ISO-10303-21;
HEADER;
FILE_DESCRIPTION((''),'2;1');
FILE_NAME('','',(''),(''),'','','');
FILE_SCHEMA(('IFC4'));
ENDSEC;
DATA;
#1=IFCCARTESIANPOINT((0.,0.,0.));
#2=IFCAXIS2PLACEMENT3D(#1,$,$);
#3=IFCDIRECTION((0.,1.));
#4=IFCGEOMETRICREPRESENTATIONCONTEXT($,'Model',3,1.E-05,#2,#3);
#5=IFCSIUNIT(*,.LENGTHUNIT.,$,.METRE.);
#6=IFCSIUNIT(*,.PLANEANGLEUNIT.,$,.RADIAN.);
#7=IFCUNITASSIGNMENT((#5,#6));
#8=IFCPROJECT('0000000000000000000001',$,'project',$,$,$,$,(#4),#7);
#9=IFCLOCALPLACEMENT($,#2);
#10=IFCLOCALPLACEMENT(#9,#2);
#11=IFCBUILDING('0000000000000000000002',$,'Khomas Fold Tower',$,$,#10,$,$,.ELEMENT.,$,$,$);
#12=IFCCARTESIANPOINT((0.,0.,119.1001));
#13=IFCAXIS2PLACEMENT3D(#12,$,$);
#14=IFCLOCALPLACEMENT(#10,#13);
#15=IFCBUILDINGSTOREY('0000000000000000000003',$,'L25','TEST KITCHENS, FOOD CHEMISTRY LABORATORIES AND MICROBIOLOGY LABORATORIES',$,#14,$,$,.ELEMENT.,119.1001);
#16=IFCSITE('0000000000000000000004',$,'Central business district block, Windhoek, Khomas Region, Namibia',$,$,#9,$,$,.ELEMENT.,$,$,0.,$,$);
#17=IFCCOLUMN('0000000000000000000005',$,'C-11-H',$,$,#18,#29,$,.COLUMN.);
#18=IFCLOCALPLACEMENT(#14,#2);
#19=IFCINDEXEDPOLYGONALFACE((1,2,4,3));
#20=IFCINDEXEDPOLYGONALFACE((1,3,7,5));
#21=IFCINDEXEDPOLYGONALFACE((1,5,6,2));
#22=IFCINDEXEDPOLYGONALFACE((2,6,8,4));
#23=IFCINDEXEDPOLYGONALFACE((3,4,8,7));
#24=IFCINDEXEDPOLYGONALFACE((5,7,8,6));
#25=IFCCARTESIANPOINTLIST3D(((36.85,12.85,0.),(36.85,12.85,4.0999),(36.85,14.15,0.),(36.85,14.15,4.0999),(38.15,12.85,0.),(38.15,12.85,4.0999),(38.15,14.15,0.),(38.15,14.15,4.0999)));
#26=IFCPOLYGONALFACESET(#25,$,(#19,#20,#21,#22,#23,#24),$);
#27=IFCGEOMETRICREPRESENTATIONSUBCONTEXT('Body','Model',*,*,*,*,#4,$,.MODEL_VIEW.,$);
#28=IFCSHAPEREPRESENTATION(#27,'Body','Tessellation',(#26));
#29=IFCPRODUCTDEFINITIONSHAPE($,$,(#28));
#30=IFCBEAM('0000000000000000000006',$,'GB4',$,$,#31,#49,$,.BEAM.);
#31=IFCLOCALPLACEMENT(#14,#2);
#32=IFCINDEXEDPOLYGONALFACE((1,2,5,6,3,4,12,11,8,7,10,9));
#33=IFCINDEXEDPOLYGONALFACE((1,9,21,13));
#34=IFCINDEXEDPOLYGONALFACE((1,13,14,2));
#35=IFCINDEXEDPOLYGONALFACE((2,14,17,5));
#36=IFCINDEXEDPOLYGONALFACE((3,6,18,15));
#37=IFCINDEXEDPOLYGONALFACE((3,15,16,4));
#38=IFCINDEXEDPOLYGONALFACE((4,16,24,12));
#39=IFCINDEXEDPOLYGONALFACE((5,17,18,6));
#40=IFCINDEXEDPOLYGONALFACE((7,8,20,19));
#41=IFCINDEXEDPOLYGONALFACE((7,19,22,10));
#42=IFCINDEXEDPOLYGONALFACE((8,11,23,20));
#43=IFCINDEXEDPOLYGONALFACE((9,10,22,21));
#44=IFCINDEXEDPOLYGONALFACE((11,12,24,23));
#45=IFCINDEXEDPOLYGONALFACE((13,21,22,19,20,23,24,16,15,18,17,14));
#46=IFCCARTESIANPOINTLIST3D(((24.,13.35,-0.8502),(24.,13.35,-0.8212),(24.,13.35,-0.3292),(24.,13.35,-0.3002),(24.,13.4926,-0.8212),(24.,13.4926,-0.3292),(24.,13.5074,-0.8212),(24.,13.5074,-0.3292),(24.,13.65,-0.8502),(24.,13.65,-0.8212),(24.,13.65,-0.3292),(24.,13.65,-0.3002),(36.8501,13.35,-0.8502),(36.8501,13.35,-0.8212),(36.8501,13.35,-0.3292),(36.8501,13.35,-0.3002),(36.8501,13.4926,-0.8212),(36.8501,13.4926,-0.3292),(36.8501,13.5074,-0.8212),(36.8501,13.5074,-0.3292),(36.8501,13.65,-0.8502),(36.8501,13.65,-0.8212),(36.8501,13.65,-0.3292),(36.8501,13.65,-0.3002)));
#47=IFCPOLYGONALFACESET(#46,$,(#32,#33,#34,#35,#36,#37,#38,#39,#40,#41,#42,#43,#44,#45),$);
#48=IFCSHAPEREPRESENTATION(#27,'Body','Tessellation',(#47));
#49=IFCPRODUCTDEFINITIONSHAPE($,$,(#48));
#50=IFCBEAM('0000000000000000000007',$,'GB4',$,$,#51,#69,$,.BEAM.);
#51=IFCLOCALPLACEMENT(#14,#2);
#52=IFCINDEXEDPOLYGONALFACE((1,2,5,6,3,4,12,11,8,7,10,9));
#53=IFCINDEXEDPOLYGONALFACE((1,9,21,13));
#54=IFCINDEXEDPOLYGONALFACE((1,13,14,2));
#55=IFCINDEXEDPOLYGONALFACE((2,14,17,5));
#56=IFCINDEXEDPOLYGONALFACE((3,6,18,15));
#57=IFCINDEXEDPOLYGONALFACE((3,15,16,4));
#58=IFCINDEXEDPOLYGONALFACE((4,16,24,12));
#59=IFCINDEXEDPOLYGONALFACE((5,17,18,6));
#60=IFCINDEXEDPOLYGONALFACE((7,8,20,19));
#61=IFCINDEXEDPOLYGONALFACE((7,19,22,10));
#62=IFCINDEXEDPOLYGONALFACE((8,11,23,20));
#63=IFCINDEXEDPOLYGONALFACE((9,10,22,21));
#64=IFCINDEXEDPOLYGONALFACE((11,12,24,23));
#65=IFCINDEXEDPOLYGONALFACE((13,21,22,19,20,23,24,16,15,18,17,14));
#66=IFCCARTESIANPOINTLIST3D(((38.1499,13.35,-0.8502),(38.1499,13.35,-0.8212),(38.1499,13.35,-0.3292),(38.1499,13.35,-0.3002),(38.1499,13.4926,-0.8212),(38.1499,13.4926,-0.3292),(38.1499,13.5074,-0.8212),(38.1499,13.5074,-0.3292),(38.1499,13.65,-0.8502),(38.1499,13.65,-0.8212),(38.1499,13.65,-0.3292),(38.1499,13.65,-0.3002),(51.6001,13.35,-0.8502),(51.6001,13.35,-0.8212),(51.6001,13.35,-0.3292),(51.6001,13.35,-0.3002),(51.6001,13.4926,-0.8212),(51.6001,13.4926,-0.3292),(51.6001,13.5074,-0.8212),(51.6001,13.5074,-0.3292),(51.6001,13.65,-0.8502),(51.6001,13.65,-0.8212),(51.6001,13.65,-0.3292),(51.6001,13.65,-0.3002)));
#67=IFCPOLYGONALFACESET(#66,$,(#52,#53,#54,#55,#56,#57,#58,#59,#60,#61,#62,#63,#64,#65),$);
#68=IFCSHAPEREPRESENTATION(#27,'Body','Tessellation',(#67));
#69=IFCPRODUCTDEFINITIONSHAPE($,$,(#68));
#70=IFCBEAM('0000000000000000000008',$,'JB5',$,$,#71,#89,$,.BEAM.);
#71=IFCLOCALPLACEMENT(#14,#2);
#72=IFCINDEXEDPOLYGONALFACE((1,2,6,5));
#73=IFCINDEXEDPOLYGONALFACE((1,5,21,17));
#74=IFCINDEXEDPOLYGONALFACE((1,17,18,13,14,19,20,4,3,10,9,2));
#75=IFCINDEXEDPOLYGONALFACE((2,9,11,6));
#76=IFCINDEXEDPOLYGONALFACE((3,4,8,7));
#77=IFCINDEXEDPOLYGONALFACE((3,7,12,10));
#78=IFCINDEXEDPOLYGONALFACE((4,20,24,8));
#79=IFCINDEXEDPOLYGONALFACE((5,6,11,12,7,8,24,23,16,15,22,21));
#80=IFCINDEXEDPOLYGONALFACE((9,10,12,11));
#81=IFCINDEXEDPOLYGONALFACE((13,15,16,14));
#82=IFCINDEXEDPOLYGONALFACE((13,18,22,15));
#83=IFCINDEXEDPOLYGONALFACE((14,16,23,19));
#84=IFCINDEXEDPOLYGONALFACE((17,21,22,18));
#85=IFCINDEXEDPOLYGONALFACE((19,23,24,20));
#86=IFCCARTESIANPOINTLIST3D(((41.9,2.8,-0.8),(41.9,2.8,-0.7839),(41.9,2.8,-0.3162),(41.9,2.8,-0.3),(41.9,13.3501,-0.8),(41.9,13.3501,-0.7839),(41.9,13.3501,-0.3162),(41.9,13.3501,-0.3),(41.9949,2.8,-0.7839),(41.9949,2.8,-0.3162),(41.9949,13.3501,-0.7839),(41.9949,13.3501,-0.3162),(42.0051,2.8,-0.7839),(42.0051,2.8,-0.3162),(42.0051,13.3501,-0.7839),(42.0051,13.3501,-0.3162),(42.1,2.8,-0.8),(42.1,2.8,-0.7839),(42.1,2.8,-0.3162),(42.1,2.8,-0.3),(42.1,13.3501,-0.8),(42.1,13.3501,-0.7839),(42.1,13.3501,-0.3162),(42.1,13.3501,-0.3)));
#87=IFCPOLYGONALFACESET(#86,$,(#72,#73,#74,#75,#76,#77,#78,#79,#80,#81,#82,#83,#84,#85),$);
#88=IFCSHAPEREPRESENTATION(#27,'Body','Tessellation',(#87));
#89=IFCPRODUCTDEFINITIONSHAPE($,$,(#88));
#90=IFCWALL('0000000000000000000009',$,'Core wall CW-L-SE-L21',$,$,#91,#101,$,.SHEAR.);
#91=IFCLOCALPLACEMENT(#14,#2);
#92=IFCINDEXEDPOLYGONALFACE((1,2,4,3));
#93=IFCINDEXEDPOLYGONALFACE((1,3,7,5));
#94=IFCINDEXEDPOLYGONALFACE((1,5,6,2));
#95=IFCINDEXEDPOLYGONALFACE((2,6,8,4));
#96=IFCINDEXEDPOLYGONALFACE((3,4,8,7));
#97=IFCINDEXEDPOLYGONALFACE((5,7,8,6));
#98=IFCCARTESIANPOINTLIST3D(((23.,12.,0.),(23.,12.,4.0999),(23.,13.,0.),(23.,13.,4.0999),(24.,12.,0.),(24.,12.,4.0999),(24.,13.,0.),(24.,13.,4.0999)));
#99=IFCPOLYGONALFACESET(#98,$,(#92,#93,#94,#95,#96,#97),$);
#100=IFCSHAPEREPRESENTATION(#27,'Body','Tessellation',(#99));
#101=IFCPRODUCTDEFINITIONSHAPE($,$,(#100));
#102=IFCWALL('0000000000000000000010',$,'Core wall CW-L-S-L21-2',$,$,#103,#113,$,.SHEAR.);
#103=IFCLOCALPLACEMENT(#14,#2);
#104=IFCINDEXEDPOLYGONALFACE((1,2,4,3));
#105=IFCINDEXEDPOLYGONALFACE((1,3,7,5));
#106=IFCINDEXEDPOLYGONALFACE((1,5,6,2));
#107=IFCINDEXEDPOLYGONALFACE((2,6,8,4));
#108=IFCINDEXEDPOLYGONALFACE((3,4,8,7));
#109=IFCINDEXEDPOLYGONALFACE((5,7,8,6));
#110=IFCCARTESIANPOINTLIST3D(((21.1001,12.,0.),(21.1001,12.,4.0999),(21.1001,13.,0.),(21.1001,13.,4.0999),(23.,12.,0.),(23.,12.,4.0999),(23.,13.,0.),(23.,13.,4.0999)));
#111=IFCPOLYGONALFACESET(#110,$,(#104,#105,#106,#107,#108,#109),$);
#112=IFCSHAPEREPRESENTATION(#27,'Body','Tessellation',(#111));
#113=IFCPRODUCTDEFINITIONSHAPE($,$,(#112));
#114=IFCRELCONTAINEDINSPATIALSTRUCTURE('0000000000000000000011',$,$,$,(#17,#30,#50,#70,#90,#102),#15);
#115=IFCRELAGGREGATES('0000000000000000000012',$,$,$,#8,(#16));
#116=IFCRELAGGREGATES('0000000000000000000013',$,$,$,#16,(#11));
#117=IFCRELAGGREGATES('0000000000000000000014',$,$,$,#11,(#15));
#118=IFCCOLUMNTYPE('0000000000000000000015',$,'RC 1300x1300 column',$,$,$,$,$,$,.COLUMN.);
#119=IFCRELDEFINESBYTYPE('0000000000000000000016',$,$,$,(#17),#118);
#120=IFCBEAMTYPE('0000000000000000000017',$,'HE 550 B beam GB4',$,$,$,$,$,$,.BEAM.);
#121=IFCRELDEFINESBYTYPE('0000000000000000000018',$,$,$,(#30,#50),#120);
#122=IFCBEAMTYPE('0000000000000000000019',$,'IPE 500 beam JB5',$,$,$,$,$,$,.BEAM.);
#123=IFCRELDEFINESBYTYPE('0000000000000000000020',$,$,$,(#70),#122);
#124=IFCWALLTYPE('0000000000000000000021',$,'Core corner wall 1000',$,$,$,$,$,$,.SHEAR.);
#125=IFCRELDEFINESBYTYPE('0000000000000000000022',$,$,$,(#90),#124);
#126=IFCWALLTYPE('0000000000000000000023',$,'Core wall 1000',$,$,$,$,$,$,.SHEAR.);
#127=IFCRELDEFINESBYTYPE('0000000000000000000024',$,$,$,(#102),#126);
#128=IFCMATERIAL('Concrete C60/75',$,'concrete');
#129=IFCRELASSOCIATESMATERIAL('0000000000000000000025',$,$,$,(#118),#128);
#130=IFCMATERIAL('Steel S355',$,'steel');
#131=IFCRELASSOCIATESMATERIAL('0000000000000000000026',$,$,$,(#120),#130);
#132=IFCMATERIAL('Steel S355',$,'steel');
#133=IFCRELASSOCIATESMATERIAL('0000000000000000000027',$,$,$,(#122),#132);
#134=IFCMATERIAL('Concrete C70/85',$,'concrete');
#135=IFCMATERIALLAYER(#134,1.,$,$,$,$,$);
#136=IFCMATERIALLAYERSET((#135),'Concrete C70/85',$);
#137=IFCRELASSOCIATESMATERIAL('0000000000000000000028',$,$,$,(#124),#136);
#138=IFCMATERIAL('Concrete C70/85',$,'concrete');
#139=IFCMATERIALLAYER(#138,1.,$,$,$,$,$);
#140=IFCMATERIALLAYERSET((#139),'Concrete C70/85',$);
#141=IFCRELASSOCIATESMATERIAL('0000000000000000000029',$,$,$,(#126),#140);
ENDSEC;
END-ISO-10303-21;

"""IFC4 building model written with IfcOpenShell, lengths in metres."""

from ifc_helpers import new_model, si_unit, direction, frame, frame_2d, origin, origin_2d, place, context, subcontext, project, spatial, rectangle, i_section, extrude, source, transform, mapped, material, layer, layer_set, material_profile, profile_set, type_object, element, save


model = new_model("IFC4")

# Units and contexts
model_context = context("Model", 3, precision=1e-05, world=origin(), true_north=direction((0.0, 1.0)))
body_context = subcontext(model_context, "Body", "Model", "MODEL_VIEW")
ifc_project = project(units=[si_unit("LENGTHUNIT", "METRE"), si_unit("PLANEANGLEUNIT", "RADIAN")], contexts=[model_context])

# Site, building, storey
site_placement = place(None, origin())
site = spatial("IfcSite", under=ifc_project, at=site_placement, Name="Central business district block, Windhoek, Khomas Region, Namibia", CompositionType="ELEMENT", RefElevation=0.0)
building_placement = place(site_placement, origin())
building = spatial("IfcBuilding", under=site, at=building_placement, Name="Khomas Fold Tower", CompositionType="ELEMENT")
storey_placement = place(building_placement, frame((0.0, 0.0, 119.1001)))
storey = spatial("IfcBuildingStorey", under=building, at=storey_placement, Name="L25", Description="TEST KITCHENS, FOOD CHEMISTRY LABORATORIES AND MICROBIOLOGY LABORATORIES", CompositionType="ELEMENT", Elevation=119.1001)

# Column
ifc_material_1 = material(Name="Concrete C60/75", Category="concrete")
ifc_material_profile_1 = material_profile(ifc_material_1, rectangle(XDim=1.3, YDim=1.3, at=origin_2d()), Name="RC 1300x1300")
ifc_profile_set_1 = profile_set([ifc_material_profile_1], Name="Concrete C60/75")
column_type = type_object("IfcColumnType", Name="RC 1300x1300 column", PredefinedType="COLUMN", material=ifc_profile_set_1)
shared_shape_1 = source(origin(), body_context, "Body", "SweptSolid", [
    extrude(rectangle(XDim=1.3, YDim=1.3, at=origin_2d()), origin(), (0.0, 0.0, 1.0), 4.0999),
])
column_placement = place(storey_placement, frame((37.5, 13.5, 0.0), z_axis=(0.0, 0.0, 1.0), x_axis=(1.0, 0.0, 0.0)))
element("IfcColumn", 1, at=column_placement, inside=storey, type_object=column_type, Name="C-11-H", PredefinedType="COLUMN", context=body_context, shape_type="MappedRepresentation", body=[
    mapped(shared_shape_1, transform((0.0, 0.0, 0.0))),
])

# Beams
ifc_material_2 = material(Name="Steel S355", Category="steel")
ifc_material_profile_2 = material_profile(ifc_material_2, i_section(OverallWidth=0.3, OverallDepth=0.55, WebThickness=0.0149, FlangeThickness=0.0291, at=origin_2d()), Name="HE 550 B")
ifc_profile_set_2 = profile_set([ifc_material_profile_2], Name="Steel S355")
beam_type_1 = type_object("IfcBeamType", Name="HE 550 B beam GB4", PredefinedType="BEAM", material=ifc_profile_set_2)
shared_shape_2 = source(origin(), body_context, "Body", "SweptSolid", [
    extrude(i_section(OverallWidth=0.3, OverallDepth=0.55, WebThickness=0.0149, FlangeThickness=0.0291, at=origin_2d()), origin(), (0.0, 0.0, 1.0), 12.8501),
])
beam_1_placement = place(storey_placement, frame((24.0, 13.5, -0.5752), z_axis=(1.0, 0.0, 0.0), x_axis=(0.0, 1.0, 0.0)))
element("IfcBeam", 2, at=beam_1_placement, inside=storey, type_object=beam_type_1, Name="GB4", PredefinedType="BEAM", context=body_context, shape_type="MappedRepresentation", body=[
    mapped(shared_shape_2, transform((0.0, 0.0, 0.0))),
])
shared_shape_3 = source(origin(), body_context, "Body", "SweptSolid", [
    extrude(i_section(OverallWidth=0.3, OverallDepth=0.55, WebThickness=0.0149, FlangeThickness=0.0291, at=origin_2d()), origin(), (0.0, 0.0, 1.0), 13.4502),
])
beam_2_placement = place(storey_placement, frame((38.1499, 13.5, -0.5752), z_axis=(1.0, 0.0, 0.0), x_axis=(0.0, 1.0, 0.0)))
element("IfcBeam", 3, at=beam_2_placement, inside=storey, type_object=beam_type_1, Name="GB4", PredefinedType="BEAM", context=body_context, shape_type="MappedRepresentation", body=[
    mapped(shared_shape_3, transform((0.0, 0.0, 0.0))),
])
ifc_material_3 = material(Name="Steel S355", Category="steel")
ifc_material_profile_3 = material_profile(ifc_material_3, i_section(OverallWidth=0.2, OverallDepth=0.5, WebThickness=0.0103, FlangeThickness=0.0161, at=origin_2d()), Name="IPE 500")
ifc_profile_set_3 = profile_set([ifc_material_profile_3], Name="Steel S355")
beam_type_2 = type_object("IfcBeamType", Name="IPE 500 beam JB5", PredefinedType="BEAM", material=ifc_profile_set_3)
shared_shape_4 = source(origin(), body_context, "Body", "SweptSolid", [
    extrude(i_section(OverallWidth=0.2, OverallDepth=0.5, WebThickness=0.0103, FlangeThickness=0.0161, at=origin_2d()), origin(), (0.0, 0.0, 1.0), 10.55),
])
beam_3_placement = place(storey_placement, frame((42.0, 2.8, -0.55), z_axis=(0.0, 1.0, 0.0), x_axis=(-1.0, 0.0, 0.0)))
element("IfcBeam", 4, at=beam_3_placement, inside=storey, type_object=beam_type_2, Name="JB5", PredefinedType="BEAM", context=body_context, shape_type="MappedRepresentation", body=[
    mapped(shared_shape_4, transform((0.0, 0.0, 0.0))),
])

# Walls
ifc_material_4 = material(Name="Concrete C70/85", Category="concrete")
ifc_layer_1 = layer(ifc_material_4, 1.0)
ifc_layer_set_1 = layer_set([ifc_layer_1], Name="Concrete C70/85")
wall_type_1 = type_object("IfcWallType", Name="Core corner wall 1000", PredefinedType="SHEAR", material=ifc_layer_set_1)
shared_shape_5 = source(origin(), body_context, "Body", "SweptSolid", [
    extrude(rectangle(XDim=1.0, YDim=1.0, at=frame_2d((0.5, 0.0))), origin(), (0.0, 0.0, 1.0), 4.0999),
])
wall_1_placement = place(storey_placement, frame((23.0, 12.5, 0.0), z_axis=(0.0, 0.0, 1.0), x_axis=(1.0, 0.0, 0.0)))
element("IfcWall", 5, at=wall_1_placement, inside=storey, type_object=wall_type_1, Name="Core wall CW-L-SE-L21", PredefinedType="SHEAR", context=body_context, shape_type="MappedRepresentation", body=[
    mapped(shared_shape_5, transform((0.0, 0.0, 0.0))),
])
ifc_material_5 = material(Name="Concrete C70/85", Category="concrete")
ifc_layer_2 = layer(ifc_material_5, 1.0)
ifc_layer_set_2 = layer_set([ifc_layer_2], Name="Concrete C70/85")
wall_type_2 = type_object("IfcWallType", Name="Core wall 1000", PredefinedType="SHEAR", material=ifc_layer_set_2)
shared_shape_6 = source(origin(), body_context, "Body", "SweptSolid", [
    extrude(rectangle(XDim=1.8999, YDim=1.0, at=frame_2d((0.95, 0.0))), origin(), (0.0, 0.0, 1.0), 4.0999),
])
wall_2_placement = place(storey_placement, frame((21.1001, 12.5, 0.0), z_axis=(0.0, 0.0, 1.0), x_axis=(1.0, 0.0, 0.0)))
element("IfcWall", 6, at=wall_2_placement, inside=storey, type_object=wall_type_2, Name="Core wall CW-L-S-L21-2", PredefinedType="SHEAR", context=body_context, shape_type="MappedRepresentation", body=[
    mapped(shared_shape_6, transform((0.0, 0.0, 0.0))),
])

save(model, "model.ifc")
